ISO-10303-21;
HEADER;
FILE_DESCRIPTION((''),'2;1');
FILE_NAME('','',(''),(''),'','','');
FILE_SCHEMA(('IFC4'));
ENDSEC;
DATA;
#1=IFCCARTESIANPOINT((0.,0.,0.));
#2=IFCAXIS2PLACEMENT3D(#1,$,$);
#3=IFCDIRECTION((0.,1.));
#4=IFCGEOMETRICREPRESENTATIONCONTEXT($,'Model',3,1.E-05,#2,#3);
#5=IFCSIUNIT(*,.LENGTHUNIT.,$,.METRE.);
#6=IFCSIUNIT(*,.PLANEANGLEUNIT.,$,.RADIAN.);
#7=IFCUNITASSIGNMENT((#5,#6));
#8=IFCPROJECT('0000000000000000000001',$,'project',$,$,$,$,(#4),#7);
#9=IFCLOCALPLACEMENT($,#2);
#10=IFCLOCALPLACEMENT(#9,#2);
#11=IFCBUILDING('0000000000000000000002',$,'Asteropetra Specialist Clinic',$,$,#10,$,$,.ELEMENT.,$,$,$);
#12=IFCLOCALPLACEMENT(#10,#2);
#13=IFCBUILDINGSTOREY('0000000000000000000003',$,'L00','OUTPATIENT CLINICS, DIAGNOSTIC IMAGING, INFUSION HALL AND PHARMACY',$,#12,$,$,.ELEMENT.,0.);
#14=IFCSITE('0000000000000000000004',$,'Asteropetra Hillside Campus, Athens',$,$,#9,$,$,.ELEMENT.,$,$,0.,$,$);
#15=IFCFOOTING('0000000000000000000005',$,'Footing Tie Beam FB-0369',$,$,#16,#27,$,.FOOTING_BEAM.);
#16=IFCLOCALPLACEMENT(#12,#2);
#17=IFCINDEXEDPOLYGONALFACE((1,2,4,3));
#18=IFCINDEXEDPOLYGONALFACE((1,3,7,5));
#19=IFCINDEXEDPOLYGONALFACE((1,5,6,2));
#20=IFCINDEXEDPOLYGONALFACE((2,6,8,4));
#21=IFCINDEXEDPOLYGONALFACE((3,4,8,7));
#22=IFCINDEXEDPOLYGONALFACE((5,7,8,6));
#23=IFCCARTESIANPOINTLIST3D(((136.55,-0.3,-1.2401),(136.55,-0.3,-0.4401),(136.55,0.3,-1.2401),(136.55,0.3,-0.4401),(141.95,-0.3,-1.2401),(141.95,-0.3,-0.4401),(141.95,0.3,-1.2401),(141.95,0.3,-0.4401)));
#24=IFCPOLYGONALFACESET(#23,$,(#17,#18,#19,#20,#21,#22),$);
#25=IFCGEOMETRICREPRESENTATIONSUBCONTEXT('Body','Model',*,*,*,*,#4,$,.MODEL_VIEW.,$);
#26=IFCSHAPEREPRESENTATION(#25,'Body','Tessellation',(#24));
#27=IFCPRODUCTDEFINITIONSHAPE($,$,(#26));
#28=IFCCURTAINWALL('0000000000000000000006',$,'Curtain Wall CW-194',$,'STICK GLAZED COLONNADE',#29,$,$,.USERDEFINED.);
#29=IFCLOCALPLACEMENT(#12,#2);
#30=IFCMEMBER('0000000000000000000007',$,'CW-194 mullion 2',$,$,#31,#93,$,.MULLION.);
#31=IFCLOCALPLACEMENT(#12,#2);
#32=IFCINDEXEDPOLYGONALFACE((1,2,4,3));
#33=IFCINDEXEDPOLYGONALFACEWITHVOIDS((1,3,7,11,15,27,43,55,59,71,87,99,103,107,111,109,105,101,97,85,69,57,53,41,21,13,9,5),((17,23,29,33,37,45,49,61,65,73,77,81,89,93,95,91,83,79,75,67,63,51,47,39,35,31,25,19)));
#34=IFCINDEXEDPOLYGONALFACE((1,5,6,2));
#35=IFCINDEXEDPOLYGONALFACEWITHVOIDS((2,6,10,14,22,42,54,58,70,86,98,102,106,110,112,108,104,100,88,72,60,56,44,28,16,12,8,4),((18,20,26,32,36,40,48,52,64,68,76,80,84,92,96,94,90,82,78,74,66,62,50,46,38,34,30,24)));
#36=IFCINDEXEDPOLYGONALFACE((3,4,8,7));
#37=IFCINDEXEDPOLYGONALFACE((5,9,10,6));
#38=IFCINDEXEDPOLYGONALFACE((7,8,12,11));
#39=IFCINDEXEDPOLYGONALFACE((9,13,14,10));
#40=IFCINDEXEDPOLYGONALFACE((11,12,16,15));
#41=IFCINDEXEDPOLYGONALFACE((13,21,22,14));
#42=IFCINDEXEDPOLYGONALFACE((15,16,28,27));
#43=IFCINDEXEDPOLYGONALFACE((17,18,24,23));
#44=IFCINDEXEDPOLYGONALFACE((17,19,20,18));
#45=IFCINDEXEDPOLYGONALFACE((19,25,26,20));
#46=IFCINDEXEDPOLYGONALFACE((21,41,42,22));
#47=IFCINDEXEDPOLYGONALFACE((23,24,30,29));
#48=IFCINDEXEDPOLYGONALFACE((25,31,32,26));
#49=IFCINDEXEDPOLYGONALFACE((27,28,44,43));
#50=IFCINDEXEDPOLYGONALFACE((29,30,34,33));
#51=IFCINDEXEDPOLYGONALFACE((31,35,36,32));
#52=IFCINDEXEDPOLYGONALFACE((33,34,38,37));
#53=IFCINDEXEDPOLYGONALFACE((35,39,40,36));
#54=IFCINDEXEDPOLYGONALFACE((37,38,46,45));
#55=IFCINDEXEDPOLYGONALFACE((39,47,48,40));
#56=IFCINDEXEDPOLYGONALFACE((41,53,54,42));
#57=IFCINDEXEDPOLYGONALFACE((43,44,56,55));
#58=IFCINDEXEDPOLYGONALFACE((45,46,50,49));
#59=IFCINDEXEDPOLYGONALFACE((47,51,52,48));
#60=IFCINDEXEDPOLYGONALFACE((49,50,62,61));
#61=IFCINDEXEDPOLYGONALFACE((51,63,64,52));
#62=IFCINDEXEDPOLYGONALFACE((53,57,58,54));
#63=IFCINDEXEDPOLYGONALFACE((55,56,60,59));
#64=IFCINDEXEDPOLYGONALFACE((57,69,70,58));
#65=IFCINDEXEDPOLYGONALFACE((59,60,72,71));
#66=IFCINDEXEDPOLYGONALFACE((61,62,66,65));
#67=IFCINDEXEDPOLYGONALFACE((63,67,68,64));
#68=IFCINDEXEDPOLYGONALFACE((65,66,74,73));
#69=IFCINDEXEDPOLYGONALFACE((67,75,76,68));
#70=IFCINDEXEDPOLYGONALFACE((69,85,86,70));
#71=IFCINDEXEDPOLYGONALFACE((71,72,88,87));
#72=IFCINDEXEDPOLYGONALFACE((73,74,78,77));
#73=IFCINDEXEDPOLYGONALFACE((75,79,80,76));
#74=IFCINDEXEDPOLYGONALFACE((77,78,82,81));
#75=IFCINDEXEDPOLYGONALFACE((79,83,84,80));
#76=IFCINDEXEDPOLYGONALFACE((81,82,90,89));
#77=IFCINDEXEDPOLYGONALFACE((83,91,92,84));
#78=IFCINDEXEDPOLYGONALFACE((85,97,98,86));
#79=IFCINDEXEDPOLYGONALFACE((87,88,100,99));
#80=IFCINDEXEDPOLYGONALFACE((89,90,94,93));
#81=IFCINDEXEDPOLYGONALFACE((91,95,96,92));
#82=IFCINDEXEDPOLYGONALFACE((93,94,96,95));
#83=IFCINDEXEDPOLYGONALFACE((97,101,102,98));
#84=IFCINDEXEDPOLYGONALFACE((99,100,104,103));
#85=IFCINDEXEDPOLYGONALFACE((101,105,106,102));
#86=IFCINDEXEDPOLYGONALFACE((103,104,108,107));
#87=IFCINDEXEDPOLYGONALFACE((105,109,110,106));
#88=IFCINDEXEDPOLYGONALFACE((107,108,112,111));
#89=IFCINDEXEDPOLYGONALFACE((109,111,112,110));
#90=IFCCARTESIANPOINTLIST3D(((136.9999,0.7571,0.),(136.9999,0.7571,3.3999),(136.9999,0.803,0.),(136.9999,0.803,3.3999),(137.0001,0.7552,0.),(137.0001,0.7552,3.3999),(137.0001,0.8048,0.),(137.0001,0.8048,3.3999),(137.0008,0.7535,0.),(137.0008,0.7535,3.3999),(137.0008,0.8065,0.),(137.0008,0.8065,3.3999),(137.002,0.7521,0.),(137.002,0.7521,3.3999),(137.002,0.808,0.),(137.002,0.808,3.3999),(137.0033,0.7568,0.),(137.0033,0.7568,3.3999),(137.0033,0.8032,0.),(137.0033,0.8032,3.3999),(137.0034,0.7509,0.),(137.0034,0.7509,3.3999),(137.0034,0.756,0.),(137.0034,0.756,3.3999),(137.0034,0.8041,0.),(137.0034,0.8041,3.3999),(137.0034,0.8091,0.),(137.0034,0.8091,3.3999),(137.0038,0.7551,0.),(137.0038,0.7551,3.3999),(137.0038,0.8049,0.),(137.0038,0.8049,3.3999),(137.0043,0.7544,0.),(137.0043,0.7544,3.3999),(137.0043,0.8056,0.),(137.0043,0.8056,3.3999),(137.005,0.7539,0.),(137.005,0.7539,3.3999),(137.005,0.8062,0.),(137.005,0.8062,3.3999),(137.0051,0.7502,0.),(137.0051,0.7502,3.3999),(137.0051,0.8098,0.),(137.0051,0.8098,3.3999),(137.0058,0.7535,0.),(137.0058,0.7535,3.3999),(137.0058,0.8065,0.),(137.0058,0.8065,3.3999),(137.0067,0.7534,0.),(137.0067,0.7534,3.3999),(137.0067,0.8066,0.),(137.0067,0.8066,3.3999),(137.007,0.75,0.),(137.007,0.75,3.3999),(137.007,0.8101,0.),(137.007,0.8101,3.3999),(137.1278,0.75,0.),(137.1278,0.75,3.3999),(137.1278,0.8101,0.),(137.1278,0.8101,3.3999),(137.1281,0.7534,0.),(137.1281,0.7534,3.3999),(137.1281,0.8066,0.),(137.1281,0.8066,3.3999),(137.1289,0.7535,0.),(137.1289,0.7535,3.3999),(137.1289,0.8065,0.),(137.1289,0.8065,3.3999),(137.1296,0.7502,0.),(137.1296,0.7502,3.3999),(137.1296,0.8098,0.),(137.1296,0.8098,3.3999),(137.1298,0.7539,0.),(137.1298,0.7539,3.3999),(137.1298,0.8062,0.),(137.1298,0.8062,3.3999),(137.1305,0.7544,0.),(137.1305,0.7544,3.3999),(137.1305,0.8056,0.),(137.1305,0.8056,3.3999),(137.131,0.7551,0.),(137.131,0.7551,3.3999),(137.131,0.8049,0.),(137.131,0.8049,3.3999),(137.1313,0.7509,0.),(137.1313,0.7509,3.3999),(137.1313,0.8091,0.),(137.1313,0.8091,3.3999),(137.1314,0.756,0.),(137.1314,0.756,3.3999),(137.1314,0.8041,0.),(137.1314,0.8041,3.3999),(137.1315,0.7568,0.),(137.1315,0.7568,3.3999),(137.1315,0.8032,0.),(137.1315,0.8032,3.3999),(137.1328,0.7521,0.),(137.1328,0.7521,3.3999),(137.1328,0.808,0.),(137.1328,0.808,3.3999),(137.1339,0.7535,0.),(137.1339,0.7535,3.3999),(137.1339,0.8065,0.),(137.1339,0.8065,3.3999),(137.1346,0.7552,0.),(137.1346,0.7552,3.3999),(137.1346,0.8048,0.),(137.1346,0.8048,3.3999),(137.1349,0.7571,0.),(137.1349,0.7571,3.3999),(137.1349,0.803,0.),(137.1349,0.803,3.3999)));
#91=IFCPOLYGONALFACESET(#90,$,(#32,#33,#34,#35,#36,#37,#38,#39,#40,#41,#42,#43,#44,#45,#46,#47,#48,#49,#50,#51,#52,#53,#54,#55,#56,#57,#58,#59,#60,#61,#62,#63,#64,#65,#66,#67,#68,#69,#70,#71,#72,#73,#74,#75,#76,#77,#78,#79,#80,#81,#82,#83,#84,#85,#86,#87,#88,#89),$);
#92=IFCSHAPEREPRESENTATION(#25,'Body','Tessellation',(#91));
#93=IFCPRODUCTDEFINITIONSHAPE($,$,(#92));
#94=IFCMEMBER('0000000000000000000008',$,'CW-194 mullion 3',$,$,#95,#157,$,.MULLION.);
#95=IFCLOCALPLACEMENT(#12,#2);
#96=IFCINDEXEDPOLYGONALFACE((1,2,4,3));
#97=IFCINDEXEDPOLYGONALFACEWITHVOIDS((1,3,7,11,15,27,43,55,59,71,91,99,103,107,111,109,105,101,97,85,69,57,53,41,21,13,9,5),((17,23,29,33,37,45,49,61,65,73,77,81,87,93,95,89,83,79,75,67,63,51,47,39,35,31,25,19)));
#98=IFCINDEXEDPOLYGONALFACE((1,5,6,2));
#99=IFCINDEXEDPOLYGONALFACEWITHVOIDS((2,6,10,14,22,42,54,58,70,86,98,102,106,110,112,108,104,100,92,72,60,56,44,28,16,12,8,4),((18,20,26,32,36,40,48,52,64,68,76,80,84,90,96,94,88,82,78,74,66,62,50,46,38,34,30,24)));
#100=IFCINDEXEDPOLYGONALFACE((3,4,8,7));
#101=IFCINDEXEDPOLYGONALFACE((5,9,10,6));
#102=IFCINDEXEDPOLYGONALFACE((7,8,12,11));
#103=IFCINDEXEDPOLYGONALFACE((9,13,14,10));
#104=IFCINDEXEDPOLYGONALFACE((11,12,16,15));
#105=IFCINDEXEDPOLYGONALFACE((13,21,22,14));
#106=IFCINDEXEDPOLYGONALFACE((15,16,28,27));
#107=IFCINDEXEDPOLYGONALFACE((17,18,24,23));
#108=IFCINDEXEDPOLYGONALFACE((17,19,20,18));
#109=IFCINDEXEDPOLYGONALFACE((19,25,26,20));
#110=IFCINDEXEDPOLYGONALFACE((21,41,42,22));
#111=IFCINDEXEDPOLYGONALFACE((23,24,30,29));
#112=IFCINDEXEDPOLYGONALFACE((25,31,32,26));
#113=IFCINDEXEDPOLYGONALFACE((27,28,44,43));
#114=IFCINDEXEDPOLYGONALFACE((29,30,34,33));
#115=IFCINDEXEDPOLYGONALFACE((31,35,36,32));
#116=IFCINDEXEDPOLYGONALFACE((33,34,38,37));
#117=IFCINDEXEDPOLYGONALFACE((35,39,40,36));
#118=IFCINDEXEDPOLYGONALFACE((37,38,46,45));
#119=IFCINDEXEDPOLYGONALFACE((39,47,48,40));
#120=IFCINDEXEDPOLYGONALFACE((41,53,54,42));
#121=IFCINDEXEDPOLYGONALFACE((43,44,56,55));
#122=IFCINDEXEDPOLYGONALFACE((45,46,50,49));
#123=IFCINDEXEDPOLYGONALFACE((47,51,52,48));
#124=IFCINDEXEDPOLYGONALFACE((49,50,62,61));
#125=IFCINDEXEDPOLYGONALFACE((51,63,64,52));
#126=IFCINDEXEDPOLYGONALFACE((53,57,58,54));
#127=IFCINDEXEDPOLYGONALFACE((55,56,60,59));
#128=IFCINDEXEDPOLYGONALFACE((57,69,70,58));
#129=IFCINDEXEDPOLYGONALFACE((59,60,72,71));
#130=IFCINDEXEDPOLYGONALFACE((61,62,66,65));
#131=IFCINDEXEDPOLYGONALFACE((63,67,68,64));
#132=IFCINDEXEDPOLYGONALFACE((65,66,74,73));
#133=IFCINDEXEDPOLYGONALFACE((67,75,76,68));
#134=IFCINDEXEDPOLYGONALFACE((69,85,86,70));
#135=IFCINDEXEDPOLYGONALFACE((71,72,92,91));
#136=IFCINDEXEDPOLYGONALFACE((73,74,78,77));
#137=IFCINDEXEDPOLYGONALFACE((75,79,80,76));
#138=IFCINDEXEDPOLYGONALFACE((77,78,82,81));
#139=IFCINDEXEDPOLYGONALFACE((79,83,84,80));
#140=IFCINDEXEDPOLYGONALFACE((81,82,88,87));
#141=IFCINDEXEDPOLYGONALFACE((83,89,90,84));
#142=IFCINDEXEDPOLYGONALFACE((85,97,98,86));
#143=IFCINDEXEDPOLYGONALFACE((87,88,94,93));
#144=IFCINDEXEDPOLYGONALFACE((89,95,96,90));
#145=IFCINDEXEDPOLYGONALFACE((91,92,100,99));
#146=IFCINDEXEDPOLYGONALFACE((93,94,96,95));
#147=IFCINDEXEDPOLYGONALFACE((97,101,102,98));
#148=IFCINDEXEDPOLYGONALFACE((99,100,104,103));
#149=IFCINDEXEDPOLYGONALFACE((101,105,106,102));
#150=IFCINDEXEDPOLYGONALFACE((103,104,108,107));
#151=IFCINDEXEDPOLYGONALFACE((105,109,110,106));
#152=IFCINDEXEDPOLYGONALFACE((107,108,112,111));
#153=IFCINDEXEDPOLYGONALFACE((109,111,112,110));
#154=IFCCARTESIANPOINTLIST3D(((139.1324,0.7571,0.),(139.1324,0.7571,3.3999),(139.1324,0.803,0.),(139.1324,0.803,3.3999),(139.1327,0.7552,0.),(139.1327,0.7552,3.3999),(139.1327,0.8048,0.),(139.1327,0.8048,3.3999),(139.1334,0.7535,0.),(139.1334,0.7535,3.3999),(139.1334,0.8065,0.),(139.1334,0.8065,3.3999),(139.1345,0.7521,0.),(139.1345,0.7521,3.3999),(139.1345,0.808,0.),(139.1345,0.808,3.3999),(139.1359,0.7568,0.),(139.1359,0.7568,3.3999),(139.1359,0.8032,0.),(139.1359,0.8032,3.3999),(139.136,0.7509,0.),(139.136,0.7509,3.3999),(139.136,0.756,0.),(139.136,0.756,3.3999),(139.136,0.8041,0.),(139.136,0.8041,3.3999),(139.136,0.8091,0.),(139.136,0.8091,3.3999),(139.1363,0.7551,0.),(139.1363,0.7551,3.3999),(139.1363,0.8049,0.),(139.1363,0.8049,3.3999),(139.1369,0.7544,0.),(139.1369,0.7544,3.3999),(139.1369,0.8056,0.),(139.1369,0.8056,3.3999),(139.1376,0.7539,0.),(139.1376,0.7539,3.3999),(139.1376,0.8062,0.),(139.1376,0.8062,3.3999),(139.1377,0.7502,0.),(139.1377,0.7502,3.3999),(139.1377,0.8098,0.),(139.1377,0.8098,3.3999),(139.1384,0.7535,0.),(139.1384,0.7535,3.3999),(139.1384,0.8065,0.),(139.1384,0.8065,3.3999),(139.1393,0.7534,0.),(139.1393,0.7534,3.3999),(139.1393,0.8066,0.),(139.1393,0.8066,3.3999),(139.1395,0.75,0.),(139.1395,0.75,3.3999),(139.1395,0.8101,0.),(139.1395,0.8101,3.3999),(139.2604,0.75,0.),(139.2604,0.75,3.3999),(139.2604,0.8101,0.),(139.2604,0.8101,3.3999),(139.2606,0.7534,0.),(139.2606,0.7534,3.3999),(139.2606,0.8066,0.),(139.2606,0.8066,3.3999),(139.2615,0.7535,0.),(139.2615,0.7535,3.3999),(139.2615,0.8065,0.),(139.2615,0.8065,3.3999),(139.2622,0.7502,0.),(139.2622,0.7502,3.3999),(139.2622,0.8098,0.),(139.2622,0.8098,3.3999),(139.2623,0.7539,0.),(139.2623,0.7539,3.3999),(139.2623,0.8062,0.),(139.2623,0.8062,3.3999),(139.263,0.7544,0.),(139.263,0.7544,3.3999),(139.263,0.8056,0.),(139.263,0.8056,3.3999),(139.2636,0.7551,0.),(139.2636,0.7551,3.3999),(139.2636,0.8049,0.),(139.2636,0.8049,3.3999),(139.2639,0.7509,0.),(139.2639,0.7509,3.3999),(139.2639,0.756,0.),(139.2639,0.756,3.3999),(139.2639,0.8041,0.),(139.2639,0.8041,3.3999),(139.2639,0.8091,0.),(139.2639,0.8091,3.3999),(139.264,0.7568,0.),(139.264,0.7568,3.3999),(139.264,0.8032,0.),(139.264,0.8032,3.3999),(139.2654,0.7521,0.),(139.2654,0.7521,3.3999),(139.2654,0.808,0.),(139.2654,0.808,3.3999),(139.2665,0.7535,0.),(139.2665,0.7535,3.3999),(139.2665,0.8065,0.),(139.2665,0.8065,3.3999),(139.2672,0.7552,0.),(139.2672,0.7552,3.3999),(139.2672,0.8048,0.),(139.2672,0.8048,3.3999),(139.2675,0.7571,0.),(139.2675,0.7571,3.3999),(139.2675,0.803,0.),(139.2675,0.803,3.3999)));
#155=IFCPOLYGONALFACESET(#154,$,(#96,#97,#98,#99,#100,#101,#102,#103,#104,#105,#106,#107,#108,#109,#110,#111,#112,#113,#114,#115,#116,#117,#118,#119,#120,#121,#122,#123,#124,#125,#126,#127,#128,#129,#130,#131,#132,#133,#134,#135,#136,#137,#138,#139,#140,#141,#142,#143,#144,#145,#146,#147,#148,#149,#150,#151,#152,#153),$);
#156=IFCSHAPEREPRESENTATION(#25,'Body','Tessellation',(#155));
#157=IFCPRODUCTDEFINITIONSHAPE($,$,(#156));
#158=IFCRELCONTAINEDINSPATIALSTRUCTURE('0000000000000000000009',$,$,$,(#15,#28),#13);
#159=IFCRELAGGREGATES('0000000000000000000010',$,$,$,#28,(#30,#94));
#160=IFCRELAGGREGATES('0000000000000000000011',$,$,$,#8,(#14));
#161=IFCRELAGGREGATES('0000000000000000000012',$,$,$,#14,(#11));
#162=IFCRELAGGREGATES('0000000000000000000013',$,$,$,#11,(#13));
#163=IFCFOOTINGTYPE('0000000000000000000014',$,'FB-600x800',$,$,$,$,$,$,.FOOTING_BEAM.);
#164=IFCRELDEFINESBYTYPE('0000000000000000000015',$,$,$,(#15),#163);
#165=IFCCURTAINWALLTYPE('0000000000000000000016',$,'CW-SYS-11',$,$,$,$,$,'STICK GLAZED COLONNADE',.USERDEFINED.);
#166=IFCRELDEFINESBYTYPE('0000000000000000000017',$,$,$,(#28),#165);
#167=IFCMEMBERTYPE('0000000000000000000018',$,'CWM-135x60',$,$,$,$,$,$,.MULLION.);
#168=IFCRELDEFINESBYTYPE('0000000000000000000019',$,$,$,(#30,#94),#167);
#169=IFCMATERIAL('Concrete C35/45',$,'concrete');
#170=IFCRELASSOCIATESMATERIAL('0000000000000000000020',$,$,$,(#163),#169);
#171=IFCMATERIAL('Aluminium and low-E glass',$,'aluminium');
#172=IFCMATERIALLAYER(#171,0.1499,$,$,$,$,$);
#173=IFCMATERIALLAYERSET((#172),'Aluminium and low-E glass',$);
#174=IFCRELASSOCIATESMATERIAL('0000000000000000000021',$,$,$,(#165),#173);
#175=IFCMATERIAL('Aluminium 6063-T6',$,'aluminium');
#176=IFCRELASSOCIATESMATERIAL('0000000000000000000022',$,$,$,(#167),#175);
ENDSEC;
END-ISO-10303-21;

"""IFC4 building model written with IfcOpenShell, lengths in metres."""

from ifc_helpers import new_model, si_unit, direction, frame, origin, origin_2d, place, context, subcontext, project, spatial, rectangle, hollow_rectangle, extrude, material, layer, layer_set, material_profile, profile_set, type_object, element, aggregate, save


model = new_model("IFC4")

# Units and contexts
model_context = context("Model", 3, precision=1e-05, world=origin(), true_north=direction((0.0, 1.0)))
body_context = subcontext(model_context, "Body", "Model", "MODEL_VIEW")
ifc_project = project(units=[si_unit("LENGTHUNIT", "METRE"), si_unit("PLANEANGLEUNIT", "RADIAN")], contexts=[model_context])

# Site, building, storey
site_placement = place(None, origin())
site = spatial("IfcSite", under=ifc_project, at=site_placement, Name="Asteropetra Hillside Campus, Athens", CompositionType="ELEMENT", RefElevation=0.0)
building_placement = place(site_placement, origin())
building = spatial("IfcBuilding", under=site, at=building_placement, Name="Asteropetra Specialist Clinic", CompositionType="ELEMENT")
storey_placement = place(building_placement, origin())
storey = spatial("IfcBuildingStorey", under=building, at=storey_placement, Name="L00", Description="OUTPATIENT CLINICS, DIAGNOSTIC IMAGING, INFUSION HALL AND PHARMACY", CompositionType="ELEMENT", Elevation=0.0)

# Footing
ifc_material_1 = material(Name="Concrete C35/45", Category="concrete")
ifc_material_profile_1 = material_profile(ifc_material_1, rectangle(XDim=0.6001, YDim=0.8, at=origin_2d()), Name="FB 600x800")
ifc_profile_set_1 = profile_set([ifc_material_profile_1], Name="Concrete C35/45")
footing_type = type_object("IfcFootingType", Name="FB-600x800", PredefinedType="FOOTING_BEAM", material=ifc_profile_set_1)
footing_placement = place(storey_placement, frame((136.55, 0.0, -0.8401), z_axis=(1.0, 0.0, 0.0), x_axis=(0.0, 1.0, 0.0)))
element("IfcFooting", 1, at=footing_placement, inside=storey, type_object=footing_type, Name="Footing Tie Beam FB-0369", PredefinedType="FOOTING_BEAM", context=body_context, shape_type="SweptSolid", body=[
    extrude(rectangle(XDim=0.6001, YDim=0.8, at=origin_2d()), origin(), (0.0, 0.0, 1.0), 5.3999),
])

# Curtain wall, members
ifc_material_2 = material(Name="Aluminium and low-E glass", Category="aluminium")
ifc_layer_1 = layer(ifc_material_2, 0.1499)
ifc_layer_set_1 = layer_set([ifc_layer_1], Name="Aluminium and low-E glass")
curtain_wall_type = type_object("IfcCurtainWallType", Name="CW-SYS-11", ElementType="STICK GLAZED COLONNADE", PredefinedType="USERDEFINED", material=ifc_layer_set_1)
curtain_wall_placement = place(storey_placement, origin())
curtain_wall = element("IfcCurtainWall", 2, at=curtain_wall_placement, inside=storey, type_object=curtain_wall_type, Name="Curtain Wall CW-194", ObjectType="STICK GLAZED COLONNADE", PredefinedType="USERDEFINED")
ifc_material_3 = material(Name="Aluminium 6063-T6", Category="aluminium")
ifc_material_profile_2 = material_profile(ifc_material_3, hollow_rectangle(XDim=0.0601, YDim=0.135, WallThickness=0.0034, InnerFilletRadius=0.0034, OuterFilletRadius=0.0071, at=origin_2d()), Name="MUL 135x60x3.5")
ifc_profile_set_2 = profile_set([ifc_material_profile_2], Name="Aluminium 6063-T6")
member_type_1 = type_object("IfcMemberType", Name="CWM-135x60", PredefinedType="MULLION", material=ifc_profile_set_2)
member_1_placement = place(storey_placement, frame((137.0674, 0.78, 0.0), z_axis=(0.0, 0.0, 1.0), x_axis=(0.0, 1.0, 0.0)))
member_1 = element("IfcMember", 3, at=member_1_placement, type_object=member_type_1, Name="CW-194 mullion 2", PredefinedType="MULLION", context=body_context, shape_type="SweptSolid", body=[
    extrude(hollow_rectangle(XDim=0.0601, YDim=0.135, WallThickness=0.0034, InnerFilletRadius=0.0034, OuterFilletRadius=0.0071, at=origin_2d()), origin(), (0.0, 0.0, 1.0), 3.3999),
])
member_2_placement = place(storey_placement, frame((139.2, 0.78, 0.0), z_axis=(0.0, 0.0, 1.0), x_axis=(0.0, 1.0, 0.0)))
member_2 = element("IfcMember", 4, at=member_2_placement, type_object=member_type_1, Name="CW-194 mullion 3", PredefinedType="MULLION", context=body_context, shape_type="SweptSolid", body=[
    extrude(hollow_rectangle(XDim=0.0601, YDim=0.135, WallThickness=0.0034, InnerFilletRadius=0.0034, OuterFilletRadius=0.0071, at=origin_2d()), origin(), (0.0, 0.0, 1.0), 3.3999),
])
aggregate(curtain_wall, [member_1, member_2])

save(model, "model.ifc")
